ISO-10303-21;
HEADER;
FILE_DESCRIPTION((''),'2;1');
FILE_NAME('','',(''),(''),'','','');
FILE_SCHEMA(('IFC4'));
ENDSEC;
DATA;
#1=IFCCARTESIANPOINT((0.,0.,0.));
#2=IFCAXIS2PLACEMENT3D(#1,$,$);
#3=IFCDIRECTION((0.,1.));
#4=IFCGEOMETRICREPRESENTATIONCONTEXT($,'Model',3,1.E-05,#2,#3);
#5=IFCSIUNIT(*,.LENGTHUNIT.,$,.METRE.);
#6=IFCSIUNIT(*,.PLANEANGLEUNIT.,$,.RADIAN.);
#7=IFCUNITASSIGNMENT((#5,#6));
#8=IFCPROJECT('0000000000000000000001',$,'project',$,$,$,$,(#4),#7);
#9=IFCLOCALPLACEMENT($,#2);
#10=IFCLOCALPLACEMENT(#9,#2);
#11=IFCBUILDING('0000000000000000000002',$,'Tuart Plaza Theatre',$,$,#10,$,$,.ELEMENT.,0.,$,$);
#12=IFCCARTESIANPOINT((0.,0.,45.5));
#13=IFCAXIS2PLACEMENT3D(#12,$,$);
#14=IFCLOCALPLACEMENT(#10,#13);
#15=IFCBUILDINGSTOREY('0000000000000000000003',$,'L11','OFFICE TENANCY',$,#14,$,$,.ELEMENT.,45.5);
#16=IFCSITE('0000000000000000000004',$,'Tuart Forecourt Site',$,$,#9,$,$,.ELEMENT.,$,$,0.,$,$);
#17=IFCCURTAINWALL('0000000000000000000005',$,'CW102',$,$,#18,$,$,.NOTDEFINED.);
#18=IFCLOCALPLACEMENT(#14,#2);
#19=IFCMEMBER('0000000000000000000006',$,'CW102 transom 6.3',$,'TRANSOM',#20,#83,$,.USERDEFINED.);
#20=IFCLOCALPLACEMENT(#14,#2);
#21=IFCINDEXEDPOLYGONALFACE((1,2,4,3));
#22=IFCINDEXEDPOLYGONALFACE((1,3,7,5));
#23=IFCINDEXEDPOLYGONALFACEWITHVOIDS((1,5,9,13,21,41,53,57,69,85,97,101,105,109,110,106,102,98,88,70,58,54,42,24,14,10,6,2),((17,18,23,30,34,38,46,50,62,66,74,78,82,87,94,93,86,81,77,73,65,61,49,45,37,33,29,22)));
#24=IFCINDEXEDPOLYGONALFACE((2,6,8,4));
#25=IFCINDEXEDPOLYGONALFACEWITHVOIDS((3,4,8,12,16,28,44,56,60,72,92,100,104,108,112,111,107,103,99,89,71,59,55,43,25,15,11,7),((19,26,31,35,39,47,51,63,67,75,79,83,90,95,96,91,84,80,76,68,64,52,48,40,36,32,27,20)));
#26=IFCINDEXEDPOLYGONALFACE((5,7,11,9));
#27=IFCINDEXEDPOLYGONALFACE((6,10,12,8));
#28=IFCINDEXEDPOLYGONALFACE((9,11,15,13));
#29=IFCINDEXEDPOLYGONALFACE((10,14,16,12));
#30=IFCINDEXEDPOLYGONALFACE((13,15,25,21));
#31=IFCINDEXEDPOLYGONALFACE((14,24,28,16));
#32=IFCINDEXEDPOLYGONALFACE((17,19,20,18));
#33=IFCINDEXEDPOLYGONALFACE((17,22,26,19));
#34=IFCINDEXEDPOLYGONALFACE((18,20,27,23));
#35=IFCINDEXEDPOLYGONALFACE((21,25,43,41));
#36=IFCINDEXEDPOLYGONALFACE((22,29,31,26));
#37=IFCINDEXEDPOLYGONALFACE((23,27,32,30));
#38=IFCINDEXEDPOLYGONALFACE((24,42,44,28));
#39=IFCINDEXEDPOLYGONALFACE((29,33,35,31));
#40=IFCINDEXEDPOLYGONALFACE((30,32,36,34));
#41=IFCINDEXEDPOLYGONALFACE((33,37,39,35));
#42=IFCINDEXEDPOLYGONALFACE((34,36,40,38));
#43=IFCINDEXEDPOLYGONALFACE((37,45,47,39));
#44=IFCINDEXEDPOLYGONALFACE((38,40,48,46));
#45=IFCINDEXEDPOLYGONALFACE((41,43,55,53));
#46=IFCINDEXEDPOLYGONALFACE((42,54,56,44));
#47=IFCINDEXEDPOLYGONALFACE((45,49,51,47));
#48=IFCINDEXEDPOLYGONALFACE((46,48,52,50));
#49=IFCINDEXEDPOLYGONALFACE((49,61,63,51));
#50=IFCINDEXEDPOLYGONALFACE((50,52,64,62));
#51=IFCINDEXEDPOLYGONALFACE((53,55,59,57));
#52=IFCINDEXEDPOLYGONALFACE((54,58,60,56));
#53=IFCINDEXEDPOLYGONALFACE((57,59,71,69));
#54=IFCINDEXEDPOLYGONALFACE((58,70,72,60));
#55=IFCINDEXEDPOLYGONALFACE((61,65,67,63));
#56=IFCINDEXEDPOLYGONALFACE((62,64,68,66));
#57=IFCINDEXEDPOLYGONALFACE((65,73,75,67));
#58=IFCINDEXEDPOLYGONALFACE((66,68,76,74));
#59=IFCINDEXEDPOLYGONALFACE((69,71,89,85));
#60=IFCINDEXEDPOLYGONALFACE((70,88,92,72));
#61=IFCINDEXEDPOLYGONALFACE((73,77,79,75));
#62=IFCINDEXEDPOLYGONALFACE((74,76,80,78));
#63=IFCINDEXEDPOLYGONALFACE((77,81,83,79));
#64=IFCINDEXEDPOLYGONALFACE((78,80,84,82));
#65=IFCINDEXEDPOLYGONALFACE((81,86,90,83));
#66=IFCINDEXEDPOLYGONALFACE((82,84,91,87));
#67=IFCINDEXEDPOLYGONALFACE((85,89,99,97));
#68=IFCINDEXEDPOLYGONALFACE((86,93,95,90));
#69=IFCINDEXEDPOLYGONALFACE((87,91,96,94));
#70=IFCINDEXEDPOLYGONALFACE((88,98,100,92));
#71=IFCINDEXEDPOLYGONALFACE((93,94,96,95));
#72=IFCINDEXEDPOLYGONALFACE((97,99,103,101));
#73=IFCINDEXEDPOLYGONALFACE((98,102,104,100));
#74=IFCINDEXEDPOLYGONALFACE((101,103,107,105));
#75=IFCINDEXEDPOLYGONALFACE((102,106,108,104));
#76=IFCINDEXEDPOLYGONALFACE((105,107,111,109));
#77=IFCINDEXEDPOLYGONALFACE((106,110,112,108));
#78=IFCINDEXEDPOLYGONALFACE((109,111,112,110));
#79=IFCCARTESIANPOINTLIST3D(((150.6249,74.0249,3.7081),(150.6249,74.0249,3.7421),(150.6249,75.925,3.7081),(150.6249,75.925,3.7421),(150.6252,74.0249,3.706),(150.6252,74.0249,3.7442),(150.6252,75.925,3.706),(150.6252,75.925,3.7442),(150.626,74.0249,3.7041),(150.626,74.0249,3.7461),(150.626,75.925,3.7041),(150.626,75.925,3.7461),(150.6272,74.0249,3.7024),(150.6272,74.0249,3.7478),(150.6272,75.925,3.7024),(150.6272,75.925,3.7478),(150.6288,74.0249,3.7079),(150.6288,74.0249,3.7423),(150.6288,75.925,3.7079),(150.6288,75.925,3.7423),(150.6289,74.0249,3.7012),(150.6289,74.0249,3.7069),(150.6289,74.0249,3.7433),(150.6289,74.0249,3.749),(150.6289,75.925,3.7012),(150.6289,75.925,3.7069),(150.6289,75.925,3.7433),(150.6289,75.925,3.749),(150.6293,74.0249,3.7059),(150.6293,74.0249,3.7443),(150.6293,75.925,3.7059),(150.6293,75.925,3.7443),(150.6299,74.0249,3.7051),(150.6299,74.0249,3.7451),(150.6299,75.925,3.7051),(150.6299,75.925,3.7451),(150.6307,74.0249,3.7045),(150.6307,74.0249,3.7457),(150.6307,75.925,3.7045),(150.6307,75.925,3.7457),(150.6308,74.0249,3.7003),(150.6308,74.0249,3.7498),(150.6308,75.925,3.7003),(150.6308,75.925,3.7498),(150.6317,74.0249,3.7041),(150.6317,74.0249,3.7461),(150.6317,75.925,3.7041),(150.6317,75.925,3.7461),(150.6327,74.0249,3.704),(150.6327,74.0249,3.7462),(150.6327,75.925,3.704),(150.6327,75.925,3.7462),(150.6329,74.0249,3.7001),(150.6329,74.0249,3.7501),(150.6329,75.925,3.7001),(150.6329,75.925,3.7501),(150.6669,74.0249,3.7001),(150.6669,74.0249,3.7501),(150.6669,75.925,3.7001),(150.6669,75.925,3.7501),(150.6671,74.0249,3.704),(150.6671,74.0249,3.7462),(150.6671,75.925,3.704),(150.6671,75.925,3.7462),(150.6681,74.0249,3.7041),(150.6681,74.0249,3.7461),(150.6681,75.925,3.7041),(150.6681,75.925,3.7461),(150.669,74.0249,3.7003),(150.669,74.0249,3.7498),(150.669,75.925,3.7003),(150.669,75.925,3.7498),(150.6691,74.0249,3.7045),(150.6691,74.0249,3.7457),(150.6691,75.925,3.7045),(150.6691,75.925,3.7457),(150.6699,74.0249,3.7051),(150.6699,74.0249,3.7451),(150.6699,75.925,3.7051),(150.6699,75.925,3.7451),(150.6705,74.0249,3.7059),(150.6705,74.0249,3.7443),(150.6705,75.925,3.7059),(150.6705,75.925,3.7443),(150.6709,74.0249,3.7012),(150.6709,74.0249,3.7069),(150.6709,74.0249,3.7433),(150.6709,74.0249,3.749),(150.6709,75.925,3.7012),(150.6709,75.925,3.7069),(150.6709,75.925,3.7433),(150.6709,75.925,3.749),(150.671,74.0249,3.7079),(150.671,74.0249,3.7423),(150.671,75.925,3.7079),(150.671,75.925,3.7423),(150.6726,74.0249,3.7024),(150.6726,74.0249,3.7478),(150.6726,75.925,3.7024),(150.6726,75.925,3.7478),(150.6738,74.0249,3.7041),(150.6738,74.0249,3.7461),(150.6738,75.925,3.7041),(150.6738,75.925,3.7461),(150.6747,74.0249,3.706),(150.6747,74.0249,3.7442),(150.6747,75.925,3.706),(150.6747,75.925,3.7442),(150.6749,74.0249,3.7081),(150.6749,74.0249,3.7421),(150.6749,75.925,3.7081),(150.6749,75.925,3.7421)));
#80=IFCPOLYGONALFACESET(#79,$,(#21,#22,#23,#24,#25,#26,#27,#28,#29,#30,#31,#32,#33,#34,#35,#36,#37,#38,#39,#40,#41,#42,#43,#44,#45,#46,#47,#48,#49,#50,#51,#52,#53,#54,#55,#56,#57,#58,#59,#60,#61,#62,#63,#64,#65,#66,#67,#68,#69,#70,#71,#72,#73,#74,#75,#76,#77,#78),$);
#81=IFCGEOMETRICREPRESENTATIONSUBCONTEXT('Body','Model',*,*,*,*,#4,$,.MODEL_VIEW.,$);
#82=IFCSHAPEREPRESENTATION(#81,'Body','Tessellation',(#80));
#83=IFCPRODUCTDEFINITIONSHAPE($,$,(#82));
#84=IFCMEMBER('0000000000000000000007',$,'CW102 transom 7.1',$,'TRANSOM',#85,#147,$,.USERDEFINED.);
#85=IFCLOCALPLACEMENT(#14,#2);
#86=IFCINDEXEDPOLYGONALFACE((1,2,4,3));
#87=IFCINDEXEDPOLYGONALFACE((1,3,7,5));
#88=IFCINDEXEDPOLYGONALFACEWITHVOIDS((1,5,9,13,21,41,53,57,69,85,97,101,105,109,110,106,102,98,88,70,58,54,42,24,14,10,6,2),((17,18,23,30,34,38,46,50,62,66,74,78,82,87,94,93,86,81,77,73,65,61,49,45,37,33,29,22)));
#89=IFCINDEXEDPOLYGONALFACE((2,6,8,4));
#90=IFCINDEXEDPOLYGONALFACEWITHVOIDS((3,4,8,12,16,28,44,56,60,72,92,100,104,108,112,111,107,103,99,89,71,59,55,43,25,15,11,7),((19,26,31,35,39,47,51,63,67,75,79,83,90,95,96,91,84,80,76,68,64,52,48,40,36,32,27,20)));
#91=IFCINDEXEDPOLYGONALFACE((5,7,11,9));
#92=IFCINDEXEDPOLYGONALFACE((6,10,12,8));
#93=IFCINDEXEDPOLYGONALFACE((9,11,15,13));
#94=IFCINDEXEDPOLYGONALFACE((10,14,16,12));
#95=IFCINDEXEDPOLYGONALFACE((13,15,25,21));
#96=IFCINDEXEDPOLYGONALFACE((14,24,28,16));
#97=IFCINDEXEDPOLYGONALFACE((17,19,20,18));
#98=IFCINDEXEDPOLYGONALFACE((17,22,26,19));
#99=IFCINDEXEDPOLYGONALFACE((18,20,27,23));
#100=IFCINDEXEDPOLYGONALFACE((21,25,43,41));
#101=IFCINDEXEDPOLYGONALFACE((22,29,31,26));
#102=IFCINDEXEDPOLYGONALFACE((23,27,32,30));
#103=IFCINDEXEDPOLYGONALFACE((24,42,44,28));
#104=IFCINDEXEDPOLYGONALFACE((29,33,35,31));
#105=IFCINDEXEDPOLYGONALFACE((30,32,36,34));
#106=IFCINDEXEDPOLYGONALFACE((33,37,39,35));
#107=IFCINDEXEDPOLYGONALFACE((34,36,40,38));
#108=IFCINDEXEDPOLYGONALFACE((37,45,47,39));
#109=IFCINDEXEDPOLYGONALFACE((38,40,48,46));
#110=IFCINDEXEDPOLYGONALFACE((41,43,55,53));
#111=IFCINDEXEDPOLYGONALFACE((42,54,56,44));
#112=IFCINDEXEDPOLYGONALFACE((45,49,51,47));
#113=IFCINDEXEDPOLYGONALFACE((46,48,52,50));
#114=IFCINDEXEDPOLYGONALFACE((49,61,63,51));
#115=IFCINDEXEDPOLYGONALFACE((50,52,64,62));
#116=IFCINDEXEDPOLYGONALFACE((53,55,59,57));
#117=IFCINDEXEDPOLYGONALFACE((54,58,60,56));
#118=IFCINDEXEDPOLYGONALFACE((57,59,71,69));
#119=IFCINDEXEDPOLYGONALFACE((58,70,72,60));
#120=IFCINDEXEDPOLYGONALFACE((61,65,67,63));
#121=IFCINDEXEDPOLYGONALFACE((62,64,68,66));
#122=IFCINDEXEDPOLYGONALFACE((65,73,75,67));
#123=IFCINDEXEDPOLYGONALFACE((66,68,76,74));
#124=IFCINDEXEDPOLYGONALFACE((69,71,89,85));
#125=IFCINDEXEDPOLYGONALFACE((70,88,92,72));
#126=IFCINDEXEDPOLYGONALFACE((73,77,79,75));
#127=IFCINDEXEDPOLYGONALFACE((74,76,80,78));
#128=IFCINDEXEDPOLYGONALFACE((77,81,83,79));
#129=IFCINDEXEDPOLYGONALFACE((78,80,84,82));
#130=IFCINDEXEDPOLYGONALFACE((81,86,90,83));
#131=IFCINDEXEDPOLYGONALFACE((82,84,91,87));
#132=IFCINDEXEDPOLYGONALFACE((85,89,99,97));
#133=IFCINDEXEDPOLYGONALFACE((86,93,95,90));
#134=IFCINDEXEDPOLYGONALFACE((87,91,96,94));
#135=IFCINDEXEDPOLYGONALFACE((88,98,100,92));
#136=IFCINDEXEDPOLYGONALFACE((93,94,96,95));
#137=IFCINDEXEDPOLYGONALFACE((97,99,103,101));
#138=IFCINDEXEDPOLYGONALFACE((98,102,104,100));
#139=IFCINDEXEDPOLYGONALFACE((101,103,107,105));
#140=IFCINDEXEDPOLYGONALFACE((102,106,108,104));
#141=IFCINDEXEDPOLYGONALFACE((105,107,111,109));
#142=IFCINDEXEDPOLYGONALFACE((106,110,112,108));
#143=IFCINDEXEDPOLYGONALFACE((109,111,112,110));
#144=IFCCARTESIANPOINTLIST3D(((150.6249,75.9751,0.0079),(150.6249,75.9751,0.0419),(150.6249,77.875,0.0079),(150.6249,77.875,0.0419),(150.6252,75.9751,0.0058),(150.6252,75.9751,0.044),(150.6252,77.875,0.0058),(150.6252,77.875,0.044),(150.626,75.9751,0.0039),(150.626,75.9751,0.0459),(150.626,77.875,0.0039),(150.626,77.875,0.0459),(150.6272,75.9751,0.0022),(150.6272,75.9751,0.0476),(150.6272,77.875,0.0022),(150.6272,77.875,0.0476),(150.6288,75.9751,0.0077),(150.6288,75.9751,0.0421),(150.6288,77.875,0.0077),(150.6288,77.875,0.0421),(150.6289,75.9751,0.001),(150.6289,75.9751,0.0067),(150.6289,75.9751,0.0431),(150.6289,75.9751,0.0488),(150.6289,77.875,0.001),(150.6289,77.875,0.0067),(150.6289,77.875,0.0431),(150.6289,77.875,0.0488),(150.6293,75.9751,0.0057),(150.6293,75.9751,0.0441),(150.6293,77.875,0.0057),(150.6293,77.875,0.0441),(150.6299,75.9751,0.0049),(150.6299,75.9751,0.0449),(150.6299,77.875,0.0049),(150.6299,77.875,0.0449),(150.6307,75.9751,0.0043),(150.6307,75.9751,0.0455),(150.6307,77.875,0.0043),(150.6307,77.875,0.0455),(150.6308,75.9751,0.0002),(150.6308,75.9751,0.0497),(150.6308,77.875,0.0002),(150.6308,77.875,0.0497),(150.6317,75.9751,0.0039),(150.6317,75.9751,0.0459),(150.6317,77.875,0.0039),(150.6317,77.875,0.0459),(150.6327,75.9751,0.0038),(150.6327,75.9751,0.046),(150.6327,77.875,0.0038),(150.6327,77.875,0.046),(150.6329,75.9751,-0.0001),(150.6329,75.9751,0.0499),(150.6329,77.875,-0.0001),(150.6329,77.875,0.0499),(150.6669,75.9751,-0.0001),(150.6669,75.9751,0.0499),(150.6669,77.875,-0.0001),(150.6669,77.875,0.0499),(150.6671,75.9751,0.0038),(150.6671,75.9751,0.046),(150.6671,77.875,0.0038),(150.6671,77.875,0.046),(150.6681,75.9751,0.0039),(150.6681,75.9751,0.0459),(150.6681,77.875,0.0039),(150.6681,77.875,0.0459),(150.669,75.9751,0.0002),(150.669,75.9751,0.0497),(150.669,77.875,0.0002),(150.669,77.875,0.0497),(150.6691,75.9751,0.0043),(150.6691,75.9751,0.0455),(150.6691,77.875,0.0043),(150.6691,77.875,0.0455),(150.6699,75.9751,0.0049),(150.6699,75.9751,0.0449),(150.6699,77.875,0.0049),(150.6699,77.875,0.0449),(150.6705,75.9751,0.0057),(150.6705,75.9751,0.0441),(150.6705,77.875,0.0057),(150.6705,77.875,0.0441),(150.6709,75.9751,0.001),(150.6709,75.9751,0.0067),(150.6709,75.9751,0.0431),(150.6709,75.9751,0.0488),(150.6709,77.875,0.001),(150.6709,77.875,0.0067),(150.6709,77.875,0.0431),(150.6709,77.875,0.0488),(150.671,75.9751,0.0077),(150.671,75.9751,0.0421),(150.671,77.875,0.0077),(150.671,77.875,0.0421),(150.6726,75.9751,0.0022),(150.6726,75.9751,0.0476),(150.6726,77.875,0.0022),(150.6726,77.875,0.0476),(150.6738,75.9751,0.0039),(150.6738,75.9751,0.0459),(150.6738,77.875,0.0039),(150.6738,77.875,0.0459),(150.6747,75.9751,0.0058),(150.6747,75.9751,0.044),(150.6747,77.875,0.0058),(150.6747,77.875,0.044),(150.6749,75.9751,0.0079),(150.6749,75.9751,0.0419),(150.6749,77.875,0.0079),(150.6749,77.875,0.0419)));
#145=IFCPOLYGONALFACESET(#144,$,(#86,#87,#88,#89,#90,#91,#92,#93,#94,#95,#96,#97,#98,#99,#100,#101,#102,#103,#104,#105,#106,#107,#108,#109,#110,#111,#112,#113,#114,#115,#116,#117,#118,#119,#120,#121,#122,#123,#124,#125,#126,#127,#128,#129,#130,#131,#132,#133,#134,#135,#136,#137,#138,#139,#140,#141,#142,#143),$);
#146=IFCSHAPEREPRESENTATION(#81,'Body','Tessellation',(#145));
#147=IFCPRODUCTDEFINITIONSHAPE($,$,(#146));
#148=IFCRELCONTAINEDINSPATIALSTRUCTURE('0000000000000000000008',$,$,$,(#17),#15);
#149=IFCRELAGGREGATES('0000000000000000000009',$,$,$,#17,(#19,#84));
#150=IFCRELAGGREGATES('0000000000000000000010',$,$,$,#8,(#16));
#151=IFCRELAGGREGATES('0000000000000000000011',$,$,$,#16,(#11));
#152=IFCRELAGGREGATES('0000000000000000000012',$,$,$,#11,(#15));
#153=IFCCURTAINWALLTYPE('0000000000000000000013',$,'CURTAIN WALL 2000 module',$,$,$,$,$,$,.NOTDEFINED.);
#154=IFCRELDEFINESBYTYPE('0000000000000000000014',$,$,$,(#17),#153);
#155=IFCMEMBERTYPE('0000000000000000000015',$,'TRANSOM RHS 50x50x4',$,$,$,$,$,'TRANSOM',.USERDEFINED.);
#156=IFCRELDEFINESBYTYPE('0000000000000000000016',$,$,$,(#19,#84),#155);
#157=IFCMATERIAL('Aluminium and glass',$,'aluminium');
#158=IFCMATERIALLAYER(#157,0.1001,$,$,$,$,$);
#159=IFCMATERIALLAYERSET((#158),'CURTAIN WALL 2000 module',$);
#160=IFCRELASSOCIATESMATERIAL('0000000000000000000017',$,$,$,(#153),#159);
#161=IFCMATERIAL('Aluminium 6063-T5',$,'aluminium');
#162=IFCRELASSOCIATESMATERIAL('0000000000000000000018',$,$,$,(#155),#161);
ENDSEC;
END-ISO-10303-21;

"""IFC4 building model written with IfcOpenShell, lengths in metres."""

from ifc_helpers import new_model, si_unit, direction, frame, origin, origin_2d, place, context, subcontext, project, spatial, hollow_rectangle, extrude, material, layer, layer_set, material_profile, profile_set, type_object, element, aggregate, save


model = new_model("IFC4")

# Units and contexts
model_context = context("Model", 3, precision=1e-05, world=origin(), true_north=direction((0.0, 1.0)))
body_context = subcontext(model_context, "Body", "Model", "MODEL_VIEW")
ifc_project = project(units=[si_unit("LENGTHUNIT", "METRE"), si_unit("PLANEANGLEUNIT", "RADIAN")], contexts=[model_context])

# Site, building, storey
site_placement = place(None, origin())
site = spatial("IfcSite", under=ifc_project, at=site_placement, Name="Tuart Forecourt Site", CompositionType="ELEMENT", RefElevation=0.0)
building_placement = place(site_placement, origin())
building = spatial("IfcBuilding", under=site, at=building_placement, Name="Tuart Plaza Theatre", CompositionType="ELEMENT", ElevationOfRefHeight=0.0)
storey_placement = place(building_placement, frame((0.0, 0.0, 45.5)))
storey = spatial("IfcBuildingStorey", under=building, at=storey_placement, Name="L11", Description="OFFICE TENANCY", CompositionType="ELEMENT", Elevation=45.5)

# Curtain wall, members
ifc_material_1 = material(Name="Aluminium and glass", Category="aluminium")
ifc_layer_1 = layer(ifc_material_1, 0.1001)
ifc_layer_set_1 = layer_set([ifc_layer_1], Name="CURTAIN WALL 2000 module")
curtain_wall_type = type_object("IfcCurtainWallType", Name="CURTAIN WALL 2000 module", PredefinedType="NOTDEFINED", material=ifc_layer_set_1)
curtain_wall_placement = place(storey_placement, origin())
curtain_wall = element("IfcCurtainWall", 1, at=curtain_wall_placement, inside=storey, type_object=curtain_wall_type, Name="CW102", PredefinedType="NOTDEFINED")
ifc_material_2 = material(Name="Aluminium 6063-T5", Category="aluminium")
ifc_material_profile_1 = material_profile(ifc_material_2, hollow_rectangle(XDim=0.05, YDim=0.05, WallThickness=0.0039, InnerFilletRadius=0.0039, OuterFilletRadius=0.0081, at=origin_2d()), Name="RHS 50x50x4")
ifc_profile_set_1 = profile_set([ifc_material_profile_1], Name="Aluminium 6063-T5")
member_type_1 = type_object("IfcMemberType", Name="TRANSOM RHS 50x50x4", ElementType="TRANSOM", PredefinedType="USERDEFINED", material=ifc_profile_set_1)
member_1_placement = place(storey_placement, frame((150.6499, 74.0249, 3.7251), z_axis=(0.0, 1.0, 0.0), x_axis=(-1.0, 0.0, 0.0)))
member_1 = element("IfcMember", 2, at=member_1_placement, type_object=member_type_1, Name="CW102 transom 6.3", ObjectType="TRANSOM", PredefinedType="USERDEFINED", context=body_context, shape_type="SweptSolid", body=[
    extrude(hollow_rectangle(XDim=0.05, YDim=0.05, WallThickness=0.0039, InnerFilletRadius=0.0039, OuterFilletRadius=0.0081, at=origin_2d()), origin(), (0.0, 0.0, 1.0), 1.9001),
])
member_2_placement = place(storey_placement, frame((150.6499, 75.9751, 0.0249), z_axis=(0.0, 1.0, 0.0), x_axis=(-1.0, 0.0, 0.0)))
member_2 = element("IfcMember", 3, at=member_2_placement, type_object=member_type_1, Name="CW102 transom 7.1", ObjectType="TRANSOM", PredefinedType="USERDEFINED", context=body_context, shape_type="SweptSolid", body=[
    extrude(hollow_rectangle(XDim=0.05, YDim=0.05, WallThickness=0.0039, InnerFilletRadius=0.0039, OuterFilletRadius=0.0081, at=origin_2d()), origin(), (0.0, 0.0, 1.0), 1.8999),
])
aggregate(curtain_wall, [member_1, member_2])

save(model, "model.ifc")
